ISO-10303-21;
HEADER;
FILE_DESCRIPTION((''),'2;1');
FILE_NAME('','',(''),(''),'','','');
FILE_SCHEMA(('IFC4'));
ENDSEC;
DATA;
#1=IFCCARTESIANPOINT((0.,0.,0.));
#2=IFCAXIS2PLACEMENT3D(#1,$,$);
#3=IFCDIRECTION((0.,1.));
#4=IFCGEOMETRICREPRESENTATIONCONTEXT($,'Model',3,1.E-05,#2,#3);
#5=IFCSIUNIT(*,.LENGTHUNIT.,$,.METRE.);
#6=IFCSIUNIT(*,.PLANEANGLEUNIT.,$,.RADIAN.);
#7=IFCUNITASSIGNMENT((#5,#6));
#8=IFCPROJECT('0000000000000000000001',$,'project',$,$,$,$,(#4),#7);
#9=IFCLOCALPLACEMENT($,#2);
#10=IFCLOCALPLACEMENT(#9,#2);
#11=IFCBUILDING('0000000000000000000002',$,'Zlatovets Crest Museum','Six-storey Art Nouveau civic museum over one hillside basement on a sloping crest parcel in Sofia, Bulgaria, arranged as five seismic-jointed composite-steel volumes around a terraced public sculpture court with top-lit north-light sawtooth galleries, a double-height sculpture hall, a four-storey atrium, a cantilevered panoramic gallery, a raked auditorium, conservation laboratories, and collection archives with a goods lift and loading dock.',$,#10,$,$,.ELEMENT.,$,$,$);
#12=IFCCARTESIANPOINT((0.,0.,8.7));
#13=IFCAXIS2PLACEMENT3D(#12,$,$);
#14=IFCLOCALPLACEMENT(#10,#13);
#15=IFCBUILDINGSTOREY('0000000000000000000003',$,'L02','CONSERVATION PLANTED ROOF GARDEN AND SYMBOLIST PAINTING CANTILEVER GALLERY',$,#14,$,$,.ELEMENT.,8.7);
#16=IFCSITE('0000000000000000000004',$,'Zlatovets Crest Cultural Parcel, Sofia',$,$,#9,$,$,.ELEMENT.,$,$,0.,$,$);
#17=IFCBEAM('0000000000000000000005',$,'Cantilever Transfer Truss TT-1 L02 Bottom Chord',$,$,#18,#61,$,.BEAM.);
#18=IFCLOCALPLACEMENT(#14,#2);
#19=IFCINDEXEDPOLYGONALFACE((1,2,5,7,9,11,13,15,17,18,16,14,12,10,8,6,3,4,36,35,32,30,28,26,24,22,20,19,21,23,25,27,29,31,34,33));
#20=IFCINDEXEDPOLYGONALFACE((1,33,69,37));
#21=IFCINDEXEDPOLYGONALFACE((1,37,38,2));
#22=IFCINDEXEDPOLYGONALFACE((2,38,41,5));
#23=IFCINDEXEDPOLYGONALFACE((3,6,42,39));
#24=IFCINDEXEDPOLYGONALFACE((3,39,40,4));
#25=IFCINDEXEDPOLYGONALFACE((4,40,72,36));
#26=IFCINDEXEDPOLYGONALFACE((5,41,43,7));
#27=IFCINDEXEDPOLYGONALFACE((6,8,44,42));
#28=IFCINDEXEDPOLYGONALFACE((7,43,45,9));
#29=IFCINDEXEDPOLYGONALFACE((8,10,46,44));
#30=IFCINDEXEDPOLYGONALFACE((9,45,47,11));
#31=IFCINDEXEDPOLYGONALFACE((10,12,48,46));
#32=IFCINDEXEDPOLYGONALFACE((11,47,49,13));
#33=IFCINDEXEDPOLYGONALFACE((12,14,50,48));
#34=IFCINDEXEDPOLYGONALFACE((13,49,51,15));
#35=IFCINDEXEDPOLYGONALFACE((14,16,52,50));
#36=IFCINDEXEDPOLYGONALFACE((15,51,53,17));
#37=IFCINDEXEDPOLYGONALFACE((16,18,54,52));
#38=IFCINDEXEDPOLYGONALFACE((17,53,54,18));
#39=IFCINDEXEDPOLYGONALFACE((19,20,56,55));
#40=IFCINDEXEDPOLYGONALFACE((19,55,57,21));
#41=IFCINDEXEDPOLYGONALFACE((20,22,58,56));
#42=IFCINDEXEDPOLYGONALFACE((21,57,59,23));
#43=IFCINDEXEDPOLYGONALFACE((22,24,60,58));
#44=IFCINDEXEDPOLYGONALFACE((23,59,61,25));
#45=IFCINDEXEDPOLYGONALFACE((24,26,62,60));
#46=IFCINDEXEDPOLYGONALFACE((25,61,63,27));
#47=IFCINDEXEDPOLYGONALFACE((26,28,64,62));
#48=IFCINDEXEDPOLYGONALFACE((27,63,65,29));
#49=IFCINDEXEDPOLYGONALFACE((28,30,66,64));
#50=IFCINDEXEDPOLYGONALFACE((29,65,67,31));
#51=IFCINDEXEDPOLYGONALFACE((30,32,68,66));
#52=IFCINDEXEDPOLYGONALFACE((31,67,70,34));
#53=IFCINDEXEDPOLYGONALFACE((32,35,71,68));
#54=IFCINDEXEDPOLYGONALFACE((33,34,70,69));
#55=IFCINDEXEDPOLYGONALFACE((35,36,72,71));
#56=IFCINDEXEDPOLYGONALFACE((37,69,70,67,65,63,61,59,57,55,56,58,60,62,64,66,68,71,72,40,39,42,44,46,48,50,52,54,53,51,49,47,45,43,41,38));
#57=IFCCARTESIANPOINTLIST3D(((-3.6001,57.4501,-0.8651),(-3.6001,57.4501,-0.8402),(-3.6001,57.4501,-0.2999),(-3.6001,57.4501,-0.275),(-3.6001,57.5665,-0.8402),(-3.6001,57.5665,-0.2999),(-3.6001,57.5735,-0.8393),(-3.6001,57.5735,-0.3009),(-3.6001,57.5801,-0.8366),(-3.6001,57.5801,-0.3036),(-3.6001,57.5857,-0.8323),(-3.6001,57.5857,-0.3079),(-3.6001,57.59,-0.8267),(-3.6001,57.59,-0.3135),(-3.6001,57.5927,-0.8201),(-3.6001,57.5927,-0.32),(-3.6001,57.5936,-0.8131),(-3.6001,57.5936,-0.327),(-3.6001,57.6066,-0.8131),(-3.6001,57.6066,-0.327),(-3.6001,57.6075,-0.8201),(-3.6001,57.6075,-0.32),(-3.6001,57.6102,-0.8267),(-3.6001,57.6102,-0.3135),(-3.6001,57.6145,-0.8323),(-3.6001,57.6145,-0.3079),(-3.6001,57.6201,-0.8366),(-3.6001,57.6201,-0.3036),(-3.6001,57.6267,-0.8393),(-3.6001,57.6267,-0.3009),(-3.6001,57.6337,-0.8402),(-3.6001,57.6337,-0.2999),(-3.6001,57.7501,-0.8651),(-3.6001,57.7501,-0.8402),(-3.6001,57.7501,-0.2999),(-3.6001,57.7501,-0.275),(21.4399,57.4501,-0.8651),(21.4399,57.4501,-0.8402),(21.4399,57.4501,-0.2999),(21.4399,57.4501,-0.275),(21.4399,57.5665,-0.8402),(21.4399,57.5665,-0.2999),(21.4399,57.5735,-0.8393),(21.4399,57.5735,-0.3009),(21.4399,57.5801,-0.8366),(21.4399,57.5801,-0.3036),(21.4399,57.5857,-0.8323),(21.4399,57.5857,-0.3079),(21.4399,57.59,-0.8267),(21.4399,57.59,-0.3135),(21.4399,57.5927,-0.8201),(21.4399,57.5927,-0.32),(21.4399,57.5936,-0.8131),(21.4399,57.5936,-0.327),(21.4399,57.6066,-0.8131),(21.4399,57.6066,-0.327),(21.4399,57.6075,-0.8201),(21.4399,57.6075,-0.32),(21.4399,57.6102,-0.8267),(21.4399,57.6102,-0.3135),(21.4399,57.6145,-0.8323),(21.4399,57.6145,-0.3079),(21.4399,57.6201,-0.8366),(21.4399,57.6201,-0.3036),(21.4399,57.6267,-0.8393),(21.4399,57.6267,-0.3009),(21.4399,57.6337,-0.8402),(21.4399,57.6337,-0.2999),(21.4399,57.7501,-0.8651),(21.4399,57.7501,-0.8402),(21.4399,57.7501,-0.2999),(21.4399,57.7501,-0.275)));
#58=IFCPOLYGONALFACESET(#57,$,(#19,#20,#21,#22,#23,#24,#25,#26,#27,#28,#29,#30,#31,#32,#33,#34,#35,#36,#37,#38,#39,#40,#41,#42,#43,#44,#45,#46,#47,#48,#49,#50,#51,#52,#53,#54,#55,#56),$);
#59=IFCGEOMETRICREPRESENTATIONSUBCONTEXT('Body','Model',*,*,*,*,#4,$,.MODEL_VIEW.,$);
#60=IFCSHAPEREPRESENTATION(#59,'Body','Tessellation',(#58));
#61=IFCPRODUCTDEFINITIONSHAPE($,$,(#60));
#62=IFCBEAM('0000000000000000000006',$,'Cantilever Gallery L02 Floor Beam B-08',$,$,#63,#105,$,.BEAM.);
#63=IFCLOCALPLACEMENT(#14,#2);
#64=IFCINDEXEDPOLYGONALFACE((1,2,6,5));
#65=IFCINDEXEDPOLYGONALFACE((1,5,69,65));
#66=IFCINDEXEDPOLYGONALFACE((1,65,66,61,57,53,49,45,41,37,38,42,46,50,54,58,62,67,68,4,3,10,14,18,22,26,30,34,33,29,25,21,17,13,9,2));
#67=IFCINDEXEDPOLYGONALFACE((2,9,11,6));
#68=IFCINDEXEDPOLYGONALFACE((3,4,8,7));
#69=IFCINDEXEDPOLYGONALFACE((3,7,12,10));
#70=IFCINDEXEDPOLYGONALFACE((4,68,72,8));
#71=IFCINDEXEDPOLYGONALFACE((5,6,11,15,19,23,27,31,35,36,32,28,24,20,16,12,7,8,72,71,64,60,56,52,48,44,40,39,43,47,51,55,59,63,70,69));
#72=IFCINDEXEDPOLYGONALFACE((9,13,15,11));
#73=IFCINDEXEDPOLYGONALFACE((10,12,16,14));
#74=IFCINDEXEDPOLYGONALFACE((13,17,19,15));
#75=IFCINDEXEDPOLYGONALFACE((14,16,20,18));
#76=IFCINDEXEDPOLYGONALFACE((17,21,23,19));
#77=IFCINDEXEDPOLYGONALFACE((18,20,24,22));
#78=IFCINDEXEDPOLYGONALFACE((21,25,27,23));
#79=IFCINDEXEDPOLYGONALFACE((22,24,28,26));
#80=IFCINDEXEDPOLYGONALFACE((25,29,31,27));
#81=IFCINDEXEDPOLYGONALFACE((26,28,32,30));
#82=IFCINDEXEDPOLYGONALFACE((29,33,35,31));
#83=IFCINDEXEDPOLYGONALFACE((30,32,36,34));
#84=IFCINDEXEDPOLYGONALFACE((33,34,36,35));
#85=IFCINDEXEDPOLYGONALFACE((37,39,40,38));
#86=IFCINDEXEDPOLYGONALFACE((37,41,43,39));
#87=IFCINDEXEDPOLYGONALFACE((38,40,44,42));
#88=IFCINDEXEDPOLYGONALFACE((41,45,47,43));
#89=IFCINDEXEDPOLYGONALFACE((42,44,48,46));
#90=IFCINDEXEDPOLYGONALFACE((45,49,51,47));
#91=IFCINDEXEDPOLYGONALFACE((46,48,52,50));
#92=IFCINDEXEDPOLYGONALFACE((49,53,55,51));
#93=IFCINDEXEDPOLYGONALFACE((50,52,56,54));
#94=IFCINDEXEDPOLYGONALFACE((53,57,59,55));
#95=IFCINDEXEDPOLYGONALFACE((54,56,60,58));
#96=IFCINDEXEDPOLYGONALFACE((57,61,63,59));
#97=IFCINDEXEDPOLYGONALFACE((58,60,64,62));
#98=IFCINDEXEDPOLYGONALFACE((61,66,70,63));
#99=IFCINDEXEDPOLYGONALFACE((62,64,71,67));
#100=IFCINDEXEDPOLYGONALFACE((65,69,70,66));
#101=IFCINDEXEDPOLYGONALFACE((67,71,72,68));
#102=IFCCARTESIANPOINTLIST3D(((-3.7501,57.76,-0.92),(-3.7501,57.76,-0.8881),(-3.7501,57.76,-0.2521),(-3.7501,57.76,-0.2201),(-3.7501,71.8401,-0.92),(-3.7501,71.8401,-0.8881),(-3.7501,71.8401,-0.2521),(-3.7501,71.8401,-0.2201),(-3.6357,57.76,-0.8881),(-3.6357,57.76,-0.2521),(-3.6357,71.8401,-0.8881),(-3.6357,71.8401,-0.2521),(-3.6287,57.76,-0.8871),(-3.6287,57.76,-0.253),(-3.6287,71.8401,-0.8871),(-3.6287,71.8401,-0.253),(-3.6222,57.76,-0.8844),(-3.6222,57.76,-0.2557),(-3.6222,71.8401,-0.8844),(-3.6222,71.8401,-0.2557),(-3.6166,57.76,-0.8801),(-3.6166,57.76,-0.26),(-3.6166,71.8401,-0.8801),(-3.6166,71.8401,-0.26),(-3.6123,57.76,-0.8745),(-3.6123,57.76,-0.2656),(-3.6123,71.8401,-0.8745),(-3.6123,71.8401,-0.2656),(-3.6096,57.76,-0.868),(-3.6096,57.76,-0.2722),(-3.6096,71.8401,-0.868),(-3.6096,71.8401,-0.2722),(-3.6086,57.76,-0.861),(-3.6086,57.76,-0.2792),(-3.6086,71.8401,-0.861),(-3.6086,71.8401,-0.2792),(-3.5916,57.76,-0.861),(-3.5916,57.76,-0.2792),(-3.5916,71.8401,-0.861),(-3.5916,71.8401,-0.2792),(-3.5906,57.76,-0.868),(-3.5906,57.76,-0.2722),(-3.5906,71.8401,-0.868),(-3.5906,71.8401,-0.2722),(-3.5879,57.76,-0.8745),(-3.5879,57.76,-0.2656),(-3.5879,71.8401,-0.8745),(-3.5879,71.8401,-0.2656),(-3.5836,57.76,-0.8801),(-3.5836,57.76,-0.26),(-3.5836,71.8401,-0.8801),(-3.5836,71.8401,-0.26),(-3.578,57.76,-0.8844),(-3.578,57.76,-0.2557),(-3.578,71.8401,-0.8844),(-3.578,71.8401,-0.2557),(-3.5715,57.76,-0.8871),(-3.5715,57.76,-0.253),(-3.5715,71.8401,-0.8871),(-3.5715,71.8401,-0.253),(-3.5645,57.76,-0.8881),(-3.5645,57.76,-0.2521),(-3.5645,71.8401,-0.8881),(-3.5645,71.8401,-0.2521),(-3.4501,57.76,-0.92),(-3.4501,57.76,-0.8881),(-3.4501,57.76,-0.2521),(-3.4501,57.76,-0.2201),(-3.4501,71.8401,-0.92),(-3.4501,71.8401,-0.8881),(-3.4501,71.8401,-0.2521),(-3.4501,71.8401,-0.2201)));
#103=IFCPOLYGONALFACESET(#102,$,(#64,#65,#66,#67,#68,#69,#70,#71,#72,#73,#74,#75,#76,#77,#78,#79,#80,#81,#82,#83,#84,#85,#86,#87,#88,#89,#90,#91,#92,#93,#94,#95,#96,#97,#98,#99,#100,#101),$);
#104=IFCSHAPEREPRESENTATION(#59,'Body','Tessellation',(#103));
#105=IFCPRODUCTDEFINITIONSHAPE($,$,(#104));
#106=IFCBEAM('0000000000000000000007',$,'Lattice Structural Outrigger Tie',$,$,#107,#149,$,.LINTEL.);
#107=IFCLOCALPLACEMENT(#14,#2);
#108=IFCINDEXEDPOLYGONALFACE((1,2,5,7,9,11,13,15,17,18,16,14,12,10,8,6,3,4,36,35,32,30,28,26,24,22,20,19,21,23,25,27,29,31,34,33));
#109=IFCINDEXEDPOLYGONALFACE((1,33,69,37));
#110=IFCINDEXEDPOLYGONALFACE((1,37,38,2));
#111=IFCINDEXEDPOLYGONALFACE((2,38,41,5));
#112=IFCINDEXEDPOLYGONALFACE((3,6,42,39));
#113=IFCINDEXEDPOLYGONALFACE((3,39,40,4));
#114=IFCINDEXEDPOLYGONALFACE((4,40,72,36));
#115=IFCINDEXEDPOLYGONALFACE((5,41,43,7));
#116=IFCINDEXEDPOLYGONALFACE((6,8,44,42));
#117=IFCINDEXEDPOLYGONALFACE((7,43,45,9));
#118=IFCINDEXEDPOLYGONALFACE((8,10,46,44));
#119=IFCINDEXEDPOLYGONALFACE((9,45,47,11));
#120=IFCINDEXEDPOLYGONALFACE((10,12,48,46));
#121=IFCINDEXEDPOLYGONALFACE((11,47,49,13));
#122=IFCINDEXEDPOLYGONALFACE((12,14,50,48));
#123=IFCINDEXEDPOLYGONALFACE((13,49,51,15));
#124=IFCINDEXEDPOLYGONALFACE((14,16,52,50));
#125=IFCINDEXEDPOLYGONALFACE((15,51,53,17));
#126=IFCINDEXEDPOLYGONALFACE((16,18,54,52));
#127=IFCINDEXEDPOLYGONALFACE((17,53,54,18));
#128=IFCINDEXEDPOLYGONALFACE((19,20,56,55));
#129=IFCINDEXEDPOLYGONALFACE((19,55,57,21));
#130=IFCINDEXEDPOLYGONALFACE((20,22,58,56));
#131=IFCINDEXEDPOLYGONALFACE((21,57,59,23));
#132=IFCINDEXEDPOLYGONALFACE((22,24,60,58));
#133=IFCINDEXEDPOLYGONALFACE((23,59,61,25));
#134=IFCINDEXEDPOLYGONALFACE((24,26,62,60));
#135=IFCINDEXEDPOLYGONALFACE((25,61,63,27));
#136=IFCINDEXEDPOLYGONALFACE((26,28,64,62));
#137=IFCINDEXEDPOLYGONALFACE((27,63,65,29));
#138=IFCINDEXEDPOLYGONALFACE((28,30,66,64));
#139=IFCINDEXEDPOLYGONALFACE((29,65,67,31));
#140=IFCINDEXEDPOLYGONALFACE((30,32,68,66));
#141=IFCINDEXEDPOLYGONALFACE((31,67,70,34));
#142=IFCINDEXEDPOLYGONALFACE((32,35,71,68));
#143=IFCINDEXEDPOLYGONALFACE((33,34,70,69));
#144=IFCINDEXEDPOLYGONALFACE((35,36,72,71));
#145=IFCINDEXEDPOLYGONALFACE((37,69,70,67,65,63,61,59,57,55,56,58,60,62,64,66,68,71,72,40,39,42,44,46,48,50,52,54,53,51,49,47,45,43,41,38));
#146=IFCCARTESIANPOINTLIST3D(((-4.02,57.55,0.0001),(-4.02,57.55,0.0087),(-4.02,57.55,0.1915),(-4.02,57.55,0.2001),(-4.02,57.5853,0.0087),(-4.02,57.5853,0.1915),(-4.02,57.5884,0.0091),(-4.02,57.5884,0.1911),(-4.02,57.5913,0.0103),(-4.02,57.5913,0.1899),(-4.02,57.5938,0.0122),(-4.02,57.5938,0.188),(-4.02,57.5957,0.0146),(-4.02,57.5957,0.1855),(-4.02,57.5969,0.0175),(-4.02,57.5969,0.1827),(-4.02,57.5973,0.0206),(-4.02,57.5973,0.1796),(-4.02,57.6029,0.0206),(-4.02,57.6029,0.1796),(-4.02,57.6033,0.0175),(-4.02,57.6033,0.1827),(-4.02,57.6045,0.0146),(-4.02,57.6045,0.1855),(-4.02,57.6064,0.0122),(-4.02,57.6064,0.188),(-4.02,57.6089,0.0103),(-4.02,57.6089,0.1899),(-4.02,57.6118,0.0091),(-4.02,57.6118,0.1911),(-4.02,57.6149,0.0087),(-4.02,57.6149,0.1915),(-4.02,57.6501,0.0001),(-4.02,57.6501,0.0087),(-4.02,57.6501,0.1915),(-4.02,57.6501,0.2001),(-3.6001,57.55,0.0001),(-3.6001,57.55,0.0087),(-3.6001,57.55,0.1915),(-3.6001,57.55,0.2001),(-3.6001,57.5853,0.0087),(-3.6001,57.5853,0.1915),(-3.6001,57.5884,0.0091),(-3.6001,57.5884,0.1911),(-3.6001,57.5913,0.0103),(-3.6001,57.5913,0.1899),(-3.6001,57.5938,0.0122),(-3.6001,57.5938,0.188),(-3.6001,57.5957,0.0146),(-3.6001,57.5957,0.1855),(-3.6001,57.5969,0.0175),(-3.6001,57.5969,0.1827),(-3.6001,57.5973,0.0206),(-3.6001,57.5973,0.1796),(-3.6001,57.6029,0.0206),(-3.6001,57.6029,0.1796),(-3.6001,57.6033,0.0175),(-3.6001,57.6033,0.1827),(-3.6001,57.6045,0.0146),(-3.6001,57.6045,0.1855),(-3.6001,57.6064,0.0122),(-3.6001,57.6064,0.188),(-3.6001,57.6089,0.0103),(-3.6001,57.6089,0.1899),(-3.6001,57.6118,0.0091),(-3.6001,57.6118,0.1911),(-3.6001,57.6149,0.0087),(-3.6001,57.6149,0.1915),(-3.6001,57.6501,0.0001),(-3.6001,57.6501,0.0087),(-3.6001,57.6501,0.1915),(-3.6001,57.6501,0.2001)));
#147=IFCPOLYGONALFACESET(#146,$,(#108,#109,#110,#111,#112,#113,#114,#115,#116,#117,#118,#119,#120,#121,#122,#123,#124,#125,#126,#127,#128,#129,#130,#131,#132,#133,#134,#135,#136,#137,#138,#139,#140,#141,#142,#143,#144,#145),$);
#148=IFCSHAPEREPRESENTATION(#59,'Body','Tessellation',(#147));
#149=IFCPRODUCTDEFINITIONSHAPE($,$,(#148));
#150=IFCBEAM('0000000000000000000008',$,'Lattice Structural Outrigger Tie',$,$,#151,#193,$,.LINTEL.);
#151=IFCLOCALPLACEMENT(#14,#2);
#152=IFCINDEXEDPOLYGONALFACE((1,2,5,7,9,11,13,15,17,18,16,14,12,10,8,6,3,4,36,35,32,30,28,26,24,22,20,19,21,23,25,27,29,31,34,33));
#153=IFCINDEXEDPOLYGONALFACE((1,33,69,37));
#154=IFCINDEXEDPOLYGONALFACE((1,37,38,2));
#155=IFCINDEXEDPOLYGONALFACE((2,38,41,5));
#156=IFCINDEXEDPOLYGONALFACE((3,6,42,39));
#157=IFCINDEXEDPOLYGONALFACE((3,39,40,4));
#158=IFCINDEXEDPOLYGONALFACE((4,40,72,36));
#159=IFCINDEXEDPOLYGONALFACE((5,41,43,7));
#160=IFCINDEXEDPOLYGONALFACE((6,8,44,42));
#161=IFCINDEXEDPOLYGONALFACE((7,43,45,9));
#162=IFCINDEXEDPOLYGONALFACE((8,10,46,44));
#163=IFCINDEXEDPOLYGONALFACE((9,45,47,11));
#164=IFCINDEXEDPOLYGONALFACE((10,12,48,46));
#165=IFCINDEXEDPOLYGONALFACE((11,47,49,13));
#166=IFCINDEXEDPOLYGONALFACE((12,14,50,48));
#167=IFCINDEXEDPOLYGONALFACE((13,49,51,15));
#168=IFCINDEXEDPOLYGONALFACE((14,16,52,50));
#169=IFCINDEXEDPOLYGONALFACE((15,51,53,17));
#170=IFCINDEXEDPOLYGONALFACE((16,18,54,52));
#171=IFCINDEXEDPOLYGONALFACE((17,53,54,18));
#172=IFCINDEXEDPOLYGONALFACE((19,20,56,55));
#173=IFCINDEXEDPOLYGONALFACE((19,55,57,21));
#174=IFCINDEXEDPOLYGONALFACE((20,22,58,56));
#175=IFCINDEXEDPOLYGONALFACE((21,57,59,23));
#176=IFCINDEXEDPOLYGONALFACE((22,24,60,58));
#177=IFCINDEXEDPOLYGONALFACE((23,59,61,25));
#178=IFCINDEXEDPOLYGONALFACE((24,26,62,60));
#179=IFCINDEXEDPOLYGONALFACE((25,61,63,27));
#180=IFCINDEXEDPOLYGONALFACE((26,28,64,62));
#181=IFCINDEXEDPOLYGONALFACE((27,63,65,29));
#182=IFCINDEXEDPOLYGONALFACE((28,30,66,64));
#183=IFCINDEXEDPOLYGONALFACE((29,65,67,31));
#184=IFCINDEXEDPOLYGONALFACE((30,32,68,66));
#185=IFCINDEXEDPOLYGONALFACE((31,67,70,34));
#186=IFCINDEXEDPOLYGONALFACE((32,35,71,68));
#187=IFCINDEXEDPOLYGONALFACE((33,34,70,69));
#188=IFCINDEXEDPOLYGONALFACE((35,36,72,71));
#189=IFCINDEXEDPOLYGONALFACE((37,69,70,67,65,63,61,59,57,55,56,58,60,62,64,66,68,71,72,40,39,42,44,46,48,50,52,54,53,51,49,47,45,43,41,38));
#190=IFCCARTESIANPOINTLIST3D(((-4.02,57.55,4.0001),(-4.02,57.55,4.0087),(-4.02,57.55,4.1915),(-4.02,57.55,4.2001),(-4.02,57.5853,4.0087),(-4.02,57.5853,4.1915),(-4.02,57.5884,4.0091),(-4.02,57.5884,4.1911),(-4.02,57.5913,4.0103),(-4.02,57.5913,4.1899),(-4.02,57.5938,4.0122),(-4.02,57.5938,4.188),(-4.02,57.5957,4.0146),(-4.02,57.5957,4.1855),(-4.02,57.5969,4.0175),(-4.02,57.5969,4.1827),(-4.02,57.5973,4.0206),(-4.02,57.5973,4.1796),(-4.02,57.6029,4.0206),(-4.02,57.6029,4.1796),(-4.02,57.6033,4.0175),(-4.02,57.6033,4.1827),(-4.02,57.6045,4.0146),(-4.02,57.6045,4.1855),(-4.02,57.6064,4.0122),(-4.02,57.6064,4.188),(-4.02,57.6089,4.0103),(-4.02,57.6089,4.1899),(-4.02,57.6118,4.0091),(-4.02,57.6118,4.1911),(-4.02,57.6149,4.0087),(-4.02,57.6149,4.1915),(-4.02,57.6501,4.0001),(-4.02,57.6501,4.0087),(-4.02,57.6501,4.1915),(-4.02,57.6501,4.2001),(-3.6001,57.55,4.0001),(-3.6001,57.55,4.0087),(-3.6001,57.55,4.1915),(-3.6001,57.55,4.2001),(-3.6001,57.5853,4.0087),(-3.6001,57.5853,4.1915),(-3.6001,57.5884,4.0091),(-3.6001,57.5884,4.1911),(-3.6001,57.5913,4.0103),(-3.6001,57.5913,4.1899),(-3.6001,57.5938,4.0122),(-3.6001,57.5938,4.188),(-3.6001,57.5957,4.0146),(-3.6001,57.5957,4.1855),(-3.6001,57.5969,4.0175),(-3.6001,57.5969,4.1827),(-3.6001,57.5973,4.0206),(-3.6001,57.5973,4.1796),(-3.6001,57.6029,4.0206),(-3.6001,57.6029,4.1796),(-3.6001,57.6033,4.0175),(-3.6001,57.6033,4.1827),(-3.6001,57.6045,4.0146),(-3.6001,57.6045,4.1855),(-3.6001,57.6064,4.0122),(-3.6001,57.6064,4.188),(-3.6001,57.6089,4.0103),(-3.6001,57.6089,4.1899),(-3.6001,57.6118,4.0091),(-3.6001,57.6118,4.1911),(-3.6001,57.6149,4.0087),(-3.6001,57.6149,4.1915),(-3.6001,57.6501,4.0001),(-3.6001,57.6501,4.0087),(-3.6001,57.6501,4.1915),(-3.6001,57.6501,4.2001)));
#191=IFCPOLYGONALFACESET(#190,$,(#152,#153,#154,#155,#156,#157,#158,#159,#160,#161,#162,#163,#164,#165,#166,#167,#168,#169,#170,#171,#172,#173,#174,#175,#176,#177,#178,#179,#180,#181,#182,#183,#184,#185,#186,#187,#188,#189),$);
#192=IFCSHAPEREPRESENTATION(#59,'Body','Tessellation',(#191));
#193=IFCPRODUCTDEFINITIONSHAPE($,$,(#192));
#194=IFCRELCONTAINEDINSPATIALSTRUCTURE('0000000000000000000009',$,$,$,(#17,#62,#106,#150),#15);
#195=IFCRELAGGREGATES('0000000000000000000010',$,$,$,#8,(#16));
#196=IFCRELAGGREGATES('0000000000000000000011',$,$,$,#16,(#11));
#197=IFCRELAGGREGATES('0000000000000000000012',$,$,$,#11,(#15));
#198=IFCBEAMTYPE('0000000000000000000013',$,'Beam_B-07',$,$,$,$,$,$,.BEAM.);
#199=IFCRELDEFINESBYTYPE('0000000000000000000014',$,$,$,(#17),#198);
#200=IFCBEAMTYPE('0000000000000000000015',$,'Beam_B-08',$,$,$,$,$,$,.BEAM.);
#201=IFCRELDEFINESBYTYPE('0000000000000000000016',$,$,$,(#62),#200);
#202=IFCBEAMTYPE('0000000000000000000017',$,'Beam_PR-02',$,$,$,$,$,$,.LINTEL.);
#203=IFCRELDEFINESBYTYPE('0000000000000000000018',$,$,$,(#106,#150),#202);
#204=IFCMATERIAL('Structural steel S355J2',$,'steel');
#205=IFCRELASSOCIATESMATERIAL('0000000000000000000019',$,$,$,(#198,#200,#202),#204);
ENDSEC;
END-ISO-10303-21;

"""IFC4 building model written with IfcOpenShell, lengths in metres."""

from ifc_helpers import new_model, si_unit, direction, frame, origin, origin_2d, place, context, subcontext, project, spatial, i_section, extrude, material, material_profile, profile_set, type_object, element, save


model = new_model("IFC4")

# Units and contexts
model_context = context("Model", 3, precision=1e-05, world=origin(), true_north=direction((0.0, 1.0)))
body_context = subcontext(model_context, "Body", "Model", "MODEL_VIEW")
ifc_project = project(units=[si_unit("LENGTHUNIT", "METRE"), si_unit("PLANEANGLEUNIT", "RADIAN")], contexts=[model_context])

# Site, building, storey
site_placement = place(None, origin())
site = spatial("IfcSite", under=ifc_project, at=site_placement, Name="Zlatovets Crest Cultural Parcel, Sofia", CompositionType="ELEMENT", RefElevation=0.0)
building_placement = place(site_placement, origin())
building = spatial("IfcBuilding", under=site, at=building_placement, Name="Zlatovets Crest Museum", Description="Six-storey Art Nouveau civic museum over one hillside basement on a sloping crest parcel in Sofia, Bulgaria, arranged as five seismic-jointed composite-steel volumes around a terraced public sculpture court with top-lit north-light sawtooth galleries, a double-height sculpture hall, a four-storey atrium, a cantilevered panoramic gallery, a raked auditorium, conservation laboratories, and collection archives with a goods lift and loading dock.", CompositionType="ELEMENT")
storey_placement = place(building_placement, frame((0.0, 0.0, 8.7)))
storey = spatial("IfcBuildingStorey", under=building, at=storey_placement, Name="L02", Description="CONSERVATION PLANTED ROOF GARDEN AND SYMBOLIST PAINTING CANTILEVER GALLERY", CompositionType="ELEMENT", Elevation=8.7)

# Beams
ifc_material_1 = material(Name="Structural steel S355J2", Category="steel")
ifc_material_profile_1 = material_profile(ifc_material_1, i_section(OverallWidth=0.3, OverallDepth=0.5901, WebThickness=0.0129, FlangeThickness=0.0249, FilletRadius=0.0271, at=origin_2d()), Name="HEA 600")
ifc_profile_set_1 = profile_set([ifc_material_profile_1], Name="Structural steel S355J2")
beam_type_1 = type_object("IfcBeamType", Name="Beam_B-07", PredefinedType="BEAM", material=ifc_profile_set_1)
beam_1_placement = place(storey_placement, frame((-3.6001, 57.6001, -0.5701), z_axis=(1.0, 0.0, 0.0), x_axis=(0.0, 1.0, 0.0)))
element("IfcBeam", 1, at=beam_1_placement, inside=storey, type_object=beam_type_1, Name="Cantilever Transfer Truss TT-1 L02 Bottom Chord", PredefinedType="BEAM", context=body_context, shape_type="SweptSolid", body=[
    extrude(i_section(OverallWidth=0.3, OverallDepth=0.5901, WebThickness=0.0129, FlangeThickness=0.0249, FilletRadius=0.0271, at=origin_2d()), origin(), (0.0, 0.0, 1.0), 25.04),
])
ifc_material_profile_2 = material_profile(ifc_material_1, i_section(OverallWidth=0.3, OverallDepth=0.7, WebThickness=0.0171, FlangeThickness=0.032, FilletRadius=0.0271, at=origin_2d()), Name="HEB 700")
ifc_profile_set_2 = profile_set([ifc_material_profile_2], Name="Structural steel S355J2")
beam_type_2 = type_object("IfcBeamType", Name="Beam_B-08", PredefinedType="BEAM", material=ifc_profile_set_2)
beam_2_placement = place(storey_placement, frame((-3.6001, 57.76, -0.5701), z_axis=(0.0, 1.0, 0.0), x_axis=(-1.0, 0.0, 0.0)))
element("IfcBeam", 2, at=beam_2_placement, inside=storey, type_object=beam_type_2, Name="Cantilever Gallery L02 Floor Beam B-08", PredefinedType="BEAM", context=body_context, shape_type="SweptSolid", body=[
    extrude(i_section(OverallWidth=0.3, OverallDepth=0.7, WebThickness=0.0171, FlangeThickness=0.032, FilletRadius=0.0271, at=origin_2d()), origin(), (0.0, 0.0, 1.0), 14.0801),
])
ifc_material_profile_3 = material_profile(ifc_material_1, i_section(OverallWidth=0.1001, OverallDepth=0.2, WebThickness=0.0056, FlangeThickness=0.0085, FilletRadius=0.012, at=origin_2d()), Name="IPE 200")
ifc_profile_set_3 = profile_set([ifc_material_profile_3], Name="Structural steel S355J2")
beam_type_3 = type_object("IfcBeamType", Name="Beam_PR-02", PredefinedType="LINTEL", material=ifc_profile_set_3)
for number, where, z_axis, x_axis, name in (
    (3, (-3.6001, 57.6001, 0.1001), (-1.0, 0.0, 0.0), (0.0, -1.0, 0.0), "Lattice Structural Outrigger Tie"),
    (4, (-3.6001, 57.6001, 4.1001), (-1.0, 0.0, 0.0), (0.0, -1.0, 0.0), "Lattice Structural Outrigger Tie"),
):
    element("IfcBeam", number, at=place(storey_placement, frame(where, z_axis=z_axis, x_axis=x_axis)), inside=storey, type_object=beam_type_3, Name=name, PredefinedType="LINTEL", context=body_context, shape_type="SweptSolid", body=[
        extrude(i_section(OverallWidth=0.1001, OverallDepth=0.2, WebThickness=0.0056, FlangeThickness=0.0085, FilletRadius=0.012, at=origin_2d()), origin(), (0.0, 0.0, 1.0), 0.4199),
    ])

save(model, "model.ifc")
